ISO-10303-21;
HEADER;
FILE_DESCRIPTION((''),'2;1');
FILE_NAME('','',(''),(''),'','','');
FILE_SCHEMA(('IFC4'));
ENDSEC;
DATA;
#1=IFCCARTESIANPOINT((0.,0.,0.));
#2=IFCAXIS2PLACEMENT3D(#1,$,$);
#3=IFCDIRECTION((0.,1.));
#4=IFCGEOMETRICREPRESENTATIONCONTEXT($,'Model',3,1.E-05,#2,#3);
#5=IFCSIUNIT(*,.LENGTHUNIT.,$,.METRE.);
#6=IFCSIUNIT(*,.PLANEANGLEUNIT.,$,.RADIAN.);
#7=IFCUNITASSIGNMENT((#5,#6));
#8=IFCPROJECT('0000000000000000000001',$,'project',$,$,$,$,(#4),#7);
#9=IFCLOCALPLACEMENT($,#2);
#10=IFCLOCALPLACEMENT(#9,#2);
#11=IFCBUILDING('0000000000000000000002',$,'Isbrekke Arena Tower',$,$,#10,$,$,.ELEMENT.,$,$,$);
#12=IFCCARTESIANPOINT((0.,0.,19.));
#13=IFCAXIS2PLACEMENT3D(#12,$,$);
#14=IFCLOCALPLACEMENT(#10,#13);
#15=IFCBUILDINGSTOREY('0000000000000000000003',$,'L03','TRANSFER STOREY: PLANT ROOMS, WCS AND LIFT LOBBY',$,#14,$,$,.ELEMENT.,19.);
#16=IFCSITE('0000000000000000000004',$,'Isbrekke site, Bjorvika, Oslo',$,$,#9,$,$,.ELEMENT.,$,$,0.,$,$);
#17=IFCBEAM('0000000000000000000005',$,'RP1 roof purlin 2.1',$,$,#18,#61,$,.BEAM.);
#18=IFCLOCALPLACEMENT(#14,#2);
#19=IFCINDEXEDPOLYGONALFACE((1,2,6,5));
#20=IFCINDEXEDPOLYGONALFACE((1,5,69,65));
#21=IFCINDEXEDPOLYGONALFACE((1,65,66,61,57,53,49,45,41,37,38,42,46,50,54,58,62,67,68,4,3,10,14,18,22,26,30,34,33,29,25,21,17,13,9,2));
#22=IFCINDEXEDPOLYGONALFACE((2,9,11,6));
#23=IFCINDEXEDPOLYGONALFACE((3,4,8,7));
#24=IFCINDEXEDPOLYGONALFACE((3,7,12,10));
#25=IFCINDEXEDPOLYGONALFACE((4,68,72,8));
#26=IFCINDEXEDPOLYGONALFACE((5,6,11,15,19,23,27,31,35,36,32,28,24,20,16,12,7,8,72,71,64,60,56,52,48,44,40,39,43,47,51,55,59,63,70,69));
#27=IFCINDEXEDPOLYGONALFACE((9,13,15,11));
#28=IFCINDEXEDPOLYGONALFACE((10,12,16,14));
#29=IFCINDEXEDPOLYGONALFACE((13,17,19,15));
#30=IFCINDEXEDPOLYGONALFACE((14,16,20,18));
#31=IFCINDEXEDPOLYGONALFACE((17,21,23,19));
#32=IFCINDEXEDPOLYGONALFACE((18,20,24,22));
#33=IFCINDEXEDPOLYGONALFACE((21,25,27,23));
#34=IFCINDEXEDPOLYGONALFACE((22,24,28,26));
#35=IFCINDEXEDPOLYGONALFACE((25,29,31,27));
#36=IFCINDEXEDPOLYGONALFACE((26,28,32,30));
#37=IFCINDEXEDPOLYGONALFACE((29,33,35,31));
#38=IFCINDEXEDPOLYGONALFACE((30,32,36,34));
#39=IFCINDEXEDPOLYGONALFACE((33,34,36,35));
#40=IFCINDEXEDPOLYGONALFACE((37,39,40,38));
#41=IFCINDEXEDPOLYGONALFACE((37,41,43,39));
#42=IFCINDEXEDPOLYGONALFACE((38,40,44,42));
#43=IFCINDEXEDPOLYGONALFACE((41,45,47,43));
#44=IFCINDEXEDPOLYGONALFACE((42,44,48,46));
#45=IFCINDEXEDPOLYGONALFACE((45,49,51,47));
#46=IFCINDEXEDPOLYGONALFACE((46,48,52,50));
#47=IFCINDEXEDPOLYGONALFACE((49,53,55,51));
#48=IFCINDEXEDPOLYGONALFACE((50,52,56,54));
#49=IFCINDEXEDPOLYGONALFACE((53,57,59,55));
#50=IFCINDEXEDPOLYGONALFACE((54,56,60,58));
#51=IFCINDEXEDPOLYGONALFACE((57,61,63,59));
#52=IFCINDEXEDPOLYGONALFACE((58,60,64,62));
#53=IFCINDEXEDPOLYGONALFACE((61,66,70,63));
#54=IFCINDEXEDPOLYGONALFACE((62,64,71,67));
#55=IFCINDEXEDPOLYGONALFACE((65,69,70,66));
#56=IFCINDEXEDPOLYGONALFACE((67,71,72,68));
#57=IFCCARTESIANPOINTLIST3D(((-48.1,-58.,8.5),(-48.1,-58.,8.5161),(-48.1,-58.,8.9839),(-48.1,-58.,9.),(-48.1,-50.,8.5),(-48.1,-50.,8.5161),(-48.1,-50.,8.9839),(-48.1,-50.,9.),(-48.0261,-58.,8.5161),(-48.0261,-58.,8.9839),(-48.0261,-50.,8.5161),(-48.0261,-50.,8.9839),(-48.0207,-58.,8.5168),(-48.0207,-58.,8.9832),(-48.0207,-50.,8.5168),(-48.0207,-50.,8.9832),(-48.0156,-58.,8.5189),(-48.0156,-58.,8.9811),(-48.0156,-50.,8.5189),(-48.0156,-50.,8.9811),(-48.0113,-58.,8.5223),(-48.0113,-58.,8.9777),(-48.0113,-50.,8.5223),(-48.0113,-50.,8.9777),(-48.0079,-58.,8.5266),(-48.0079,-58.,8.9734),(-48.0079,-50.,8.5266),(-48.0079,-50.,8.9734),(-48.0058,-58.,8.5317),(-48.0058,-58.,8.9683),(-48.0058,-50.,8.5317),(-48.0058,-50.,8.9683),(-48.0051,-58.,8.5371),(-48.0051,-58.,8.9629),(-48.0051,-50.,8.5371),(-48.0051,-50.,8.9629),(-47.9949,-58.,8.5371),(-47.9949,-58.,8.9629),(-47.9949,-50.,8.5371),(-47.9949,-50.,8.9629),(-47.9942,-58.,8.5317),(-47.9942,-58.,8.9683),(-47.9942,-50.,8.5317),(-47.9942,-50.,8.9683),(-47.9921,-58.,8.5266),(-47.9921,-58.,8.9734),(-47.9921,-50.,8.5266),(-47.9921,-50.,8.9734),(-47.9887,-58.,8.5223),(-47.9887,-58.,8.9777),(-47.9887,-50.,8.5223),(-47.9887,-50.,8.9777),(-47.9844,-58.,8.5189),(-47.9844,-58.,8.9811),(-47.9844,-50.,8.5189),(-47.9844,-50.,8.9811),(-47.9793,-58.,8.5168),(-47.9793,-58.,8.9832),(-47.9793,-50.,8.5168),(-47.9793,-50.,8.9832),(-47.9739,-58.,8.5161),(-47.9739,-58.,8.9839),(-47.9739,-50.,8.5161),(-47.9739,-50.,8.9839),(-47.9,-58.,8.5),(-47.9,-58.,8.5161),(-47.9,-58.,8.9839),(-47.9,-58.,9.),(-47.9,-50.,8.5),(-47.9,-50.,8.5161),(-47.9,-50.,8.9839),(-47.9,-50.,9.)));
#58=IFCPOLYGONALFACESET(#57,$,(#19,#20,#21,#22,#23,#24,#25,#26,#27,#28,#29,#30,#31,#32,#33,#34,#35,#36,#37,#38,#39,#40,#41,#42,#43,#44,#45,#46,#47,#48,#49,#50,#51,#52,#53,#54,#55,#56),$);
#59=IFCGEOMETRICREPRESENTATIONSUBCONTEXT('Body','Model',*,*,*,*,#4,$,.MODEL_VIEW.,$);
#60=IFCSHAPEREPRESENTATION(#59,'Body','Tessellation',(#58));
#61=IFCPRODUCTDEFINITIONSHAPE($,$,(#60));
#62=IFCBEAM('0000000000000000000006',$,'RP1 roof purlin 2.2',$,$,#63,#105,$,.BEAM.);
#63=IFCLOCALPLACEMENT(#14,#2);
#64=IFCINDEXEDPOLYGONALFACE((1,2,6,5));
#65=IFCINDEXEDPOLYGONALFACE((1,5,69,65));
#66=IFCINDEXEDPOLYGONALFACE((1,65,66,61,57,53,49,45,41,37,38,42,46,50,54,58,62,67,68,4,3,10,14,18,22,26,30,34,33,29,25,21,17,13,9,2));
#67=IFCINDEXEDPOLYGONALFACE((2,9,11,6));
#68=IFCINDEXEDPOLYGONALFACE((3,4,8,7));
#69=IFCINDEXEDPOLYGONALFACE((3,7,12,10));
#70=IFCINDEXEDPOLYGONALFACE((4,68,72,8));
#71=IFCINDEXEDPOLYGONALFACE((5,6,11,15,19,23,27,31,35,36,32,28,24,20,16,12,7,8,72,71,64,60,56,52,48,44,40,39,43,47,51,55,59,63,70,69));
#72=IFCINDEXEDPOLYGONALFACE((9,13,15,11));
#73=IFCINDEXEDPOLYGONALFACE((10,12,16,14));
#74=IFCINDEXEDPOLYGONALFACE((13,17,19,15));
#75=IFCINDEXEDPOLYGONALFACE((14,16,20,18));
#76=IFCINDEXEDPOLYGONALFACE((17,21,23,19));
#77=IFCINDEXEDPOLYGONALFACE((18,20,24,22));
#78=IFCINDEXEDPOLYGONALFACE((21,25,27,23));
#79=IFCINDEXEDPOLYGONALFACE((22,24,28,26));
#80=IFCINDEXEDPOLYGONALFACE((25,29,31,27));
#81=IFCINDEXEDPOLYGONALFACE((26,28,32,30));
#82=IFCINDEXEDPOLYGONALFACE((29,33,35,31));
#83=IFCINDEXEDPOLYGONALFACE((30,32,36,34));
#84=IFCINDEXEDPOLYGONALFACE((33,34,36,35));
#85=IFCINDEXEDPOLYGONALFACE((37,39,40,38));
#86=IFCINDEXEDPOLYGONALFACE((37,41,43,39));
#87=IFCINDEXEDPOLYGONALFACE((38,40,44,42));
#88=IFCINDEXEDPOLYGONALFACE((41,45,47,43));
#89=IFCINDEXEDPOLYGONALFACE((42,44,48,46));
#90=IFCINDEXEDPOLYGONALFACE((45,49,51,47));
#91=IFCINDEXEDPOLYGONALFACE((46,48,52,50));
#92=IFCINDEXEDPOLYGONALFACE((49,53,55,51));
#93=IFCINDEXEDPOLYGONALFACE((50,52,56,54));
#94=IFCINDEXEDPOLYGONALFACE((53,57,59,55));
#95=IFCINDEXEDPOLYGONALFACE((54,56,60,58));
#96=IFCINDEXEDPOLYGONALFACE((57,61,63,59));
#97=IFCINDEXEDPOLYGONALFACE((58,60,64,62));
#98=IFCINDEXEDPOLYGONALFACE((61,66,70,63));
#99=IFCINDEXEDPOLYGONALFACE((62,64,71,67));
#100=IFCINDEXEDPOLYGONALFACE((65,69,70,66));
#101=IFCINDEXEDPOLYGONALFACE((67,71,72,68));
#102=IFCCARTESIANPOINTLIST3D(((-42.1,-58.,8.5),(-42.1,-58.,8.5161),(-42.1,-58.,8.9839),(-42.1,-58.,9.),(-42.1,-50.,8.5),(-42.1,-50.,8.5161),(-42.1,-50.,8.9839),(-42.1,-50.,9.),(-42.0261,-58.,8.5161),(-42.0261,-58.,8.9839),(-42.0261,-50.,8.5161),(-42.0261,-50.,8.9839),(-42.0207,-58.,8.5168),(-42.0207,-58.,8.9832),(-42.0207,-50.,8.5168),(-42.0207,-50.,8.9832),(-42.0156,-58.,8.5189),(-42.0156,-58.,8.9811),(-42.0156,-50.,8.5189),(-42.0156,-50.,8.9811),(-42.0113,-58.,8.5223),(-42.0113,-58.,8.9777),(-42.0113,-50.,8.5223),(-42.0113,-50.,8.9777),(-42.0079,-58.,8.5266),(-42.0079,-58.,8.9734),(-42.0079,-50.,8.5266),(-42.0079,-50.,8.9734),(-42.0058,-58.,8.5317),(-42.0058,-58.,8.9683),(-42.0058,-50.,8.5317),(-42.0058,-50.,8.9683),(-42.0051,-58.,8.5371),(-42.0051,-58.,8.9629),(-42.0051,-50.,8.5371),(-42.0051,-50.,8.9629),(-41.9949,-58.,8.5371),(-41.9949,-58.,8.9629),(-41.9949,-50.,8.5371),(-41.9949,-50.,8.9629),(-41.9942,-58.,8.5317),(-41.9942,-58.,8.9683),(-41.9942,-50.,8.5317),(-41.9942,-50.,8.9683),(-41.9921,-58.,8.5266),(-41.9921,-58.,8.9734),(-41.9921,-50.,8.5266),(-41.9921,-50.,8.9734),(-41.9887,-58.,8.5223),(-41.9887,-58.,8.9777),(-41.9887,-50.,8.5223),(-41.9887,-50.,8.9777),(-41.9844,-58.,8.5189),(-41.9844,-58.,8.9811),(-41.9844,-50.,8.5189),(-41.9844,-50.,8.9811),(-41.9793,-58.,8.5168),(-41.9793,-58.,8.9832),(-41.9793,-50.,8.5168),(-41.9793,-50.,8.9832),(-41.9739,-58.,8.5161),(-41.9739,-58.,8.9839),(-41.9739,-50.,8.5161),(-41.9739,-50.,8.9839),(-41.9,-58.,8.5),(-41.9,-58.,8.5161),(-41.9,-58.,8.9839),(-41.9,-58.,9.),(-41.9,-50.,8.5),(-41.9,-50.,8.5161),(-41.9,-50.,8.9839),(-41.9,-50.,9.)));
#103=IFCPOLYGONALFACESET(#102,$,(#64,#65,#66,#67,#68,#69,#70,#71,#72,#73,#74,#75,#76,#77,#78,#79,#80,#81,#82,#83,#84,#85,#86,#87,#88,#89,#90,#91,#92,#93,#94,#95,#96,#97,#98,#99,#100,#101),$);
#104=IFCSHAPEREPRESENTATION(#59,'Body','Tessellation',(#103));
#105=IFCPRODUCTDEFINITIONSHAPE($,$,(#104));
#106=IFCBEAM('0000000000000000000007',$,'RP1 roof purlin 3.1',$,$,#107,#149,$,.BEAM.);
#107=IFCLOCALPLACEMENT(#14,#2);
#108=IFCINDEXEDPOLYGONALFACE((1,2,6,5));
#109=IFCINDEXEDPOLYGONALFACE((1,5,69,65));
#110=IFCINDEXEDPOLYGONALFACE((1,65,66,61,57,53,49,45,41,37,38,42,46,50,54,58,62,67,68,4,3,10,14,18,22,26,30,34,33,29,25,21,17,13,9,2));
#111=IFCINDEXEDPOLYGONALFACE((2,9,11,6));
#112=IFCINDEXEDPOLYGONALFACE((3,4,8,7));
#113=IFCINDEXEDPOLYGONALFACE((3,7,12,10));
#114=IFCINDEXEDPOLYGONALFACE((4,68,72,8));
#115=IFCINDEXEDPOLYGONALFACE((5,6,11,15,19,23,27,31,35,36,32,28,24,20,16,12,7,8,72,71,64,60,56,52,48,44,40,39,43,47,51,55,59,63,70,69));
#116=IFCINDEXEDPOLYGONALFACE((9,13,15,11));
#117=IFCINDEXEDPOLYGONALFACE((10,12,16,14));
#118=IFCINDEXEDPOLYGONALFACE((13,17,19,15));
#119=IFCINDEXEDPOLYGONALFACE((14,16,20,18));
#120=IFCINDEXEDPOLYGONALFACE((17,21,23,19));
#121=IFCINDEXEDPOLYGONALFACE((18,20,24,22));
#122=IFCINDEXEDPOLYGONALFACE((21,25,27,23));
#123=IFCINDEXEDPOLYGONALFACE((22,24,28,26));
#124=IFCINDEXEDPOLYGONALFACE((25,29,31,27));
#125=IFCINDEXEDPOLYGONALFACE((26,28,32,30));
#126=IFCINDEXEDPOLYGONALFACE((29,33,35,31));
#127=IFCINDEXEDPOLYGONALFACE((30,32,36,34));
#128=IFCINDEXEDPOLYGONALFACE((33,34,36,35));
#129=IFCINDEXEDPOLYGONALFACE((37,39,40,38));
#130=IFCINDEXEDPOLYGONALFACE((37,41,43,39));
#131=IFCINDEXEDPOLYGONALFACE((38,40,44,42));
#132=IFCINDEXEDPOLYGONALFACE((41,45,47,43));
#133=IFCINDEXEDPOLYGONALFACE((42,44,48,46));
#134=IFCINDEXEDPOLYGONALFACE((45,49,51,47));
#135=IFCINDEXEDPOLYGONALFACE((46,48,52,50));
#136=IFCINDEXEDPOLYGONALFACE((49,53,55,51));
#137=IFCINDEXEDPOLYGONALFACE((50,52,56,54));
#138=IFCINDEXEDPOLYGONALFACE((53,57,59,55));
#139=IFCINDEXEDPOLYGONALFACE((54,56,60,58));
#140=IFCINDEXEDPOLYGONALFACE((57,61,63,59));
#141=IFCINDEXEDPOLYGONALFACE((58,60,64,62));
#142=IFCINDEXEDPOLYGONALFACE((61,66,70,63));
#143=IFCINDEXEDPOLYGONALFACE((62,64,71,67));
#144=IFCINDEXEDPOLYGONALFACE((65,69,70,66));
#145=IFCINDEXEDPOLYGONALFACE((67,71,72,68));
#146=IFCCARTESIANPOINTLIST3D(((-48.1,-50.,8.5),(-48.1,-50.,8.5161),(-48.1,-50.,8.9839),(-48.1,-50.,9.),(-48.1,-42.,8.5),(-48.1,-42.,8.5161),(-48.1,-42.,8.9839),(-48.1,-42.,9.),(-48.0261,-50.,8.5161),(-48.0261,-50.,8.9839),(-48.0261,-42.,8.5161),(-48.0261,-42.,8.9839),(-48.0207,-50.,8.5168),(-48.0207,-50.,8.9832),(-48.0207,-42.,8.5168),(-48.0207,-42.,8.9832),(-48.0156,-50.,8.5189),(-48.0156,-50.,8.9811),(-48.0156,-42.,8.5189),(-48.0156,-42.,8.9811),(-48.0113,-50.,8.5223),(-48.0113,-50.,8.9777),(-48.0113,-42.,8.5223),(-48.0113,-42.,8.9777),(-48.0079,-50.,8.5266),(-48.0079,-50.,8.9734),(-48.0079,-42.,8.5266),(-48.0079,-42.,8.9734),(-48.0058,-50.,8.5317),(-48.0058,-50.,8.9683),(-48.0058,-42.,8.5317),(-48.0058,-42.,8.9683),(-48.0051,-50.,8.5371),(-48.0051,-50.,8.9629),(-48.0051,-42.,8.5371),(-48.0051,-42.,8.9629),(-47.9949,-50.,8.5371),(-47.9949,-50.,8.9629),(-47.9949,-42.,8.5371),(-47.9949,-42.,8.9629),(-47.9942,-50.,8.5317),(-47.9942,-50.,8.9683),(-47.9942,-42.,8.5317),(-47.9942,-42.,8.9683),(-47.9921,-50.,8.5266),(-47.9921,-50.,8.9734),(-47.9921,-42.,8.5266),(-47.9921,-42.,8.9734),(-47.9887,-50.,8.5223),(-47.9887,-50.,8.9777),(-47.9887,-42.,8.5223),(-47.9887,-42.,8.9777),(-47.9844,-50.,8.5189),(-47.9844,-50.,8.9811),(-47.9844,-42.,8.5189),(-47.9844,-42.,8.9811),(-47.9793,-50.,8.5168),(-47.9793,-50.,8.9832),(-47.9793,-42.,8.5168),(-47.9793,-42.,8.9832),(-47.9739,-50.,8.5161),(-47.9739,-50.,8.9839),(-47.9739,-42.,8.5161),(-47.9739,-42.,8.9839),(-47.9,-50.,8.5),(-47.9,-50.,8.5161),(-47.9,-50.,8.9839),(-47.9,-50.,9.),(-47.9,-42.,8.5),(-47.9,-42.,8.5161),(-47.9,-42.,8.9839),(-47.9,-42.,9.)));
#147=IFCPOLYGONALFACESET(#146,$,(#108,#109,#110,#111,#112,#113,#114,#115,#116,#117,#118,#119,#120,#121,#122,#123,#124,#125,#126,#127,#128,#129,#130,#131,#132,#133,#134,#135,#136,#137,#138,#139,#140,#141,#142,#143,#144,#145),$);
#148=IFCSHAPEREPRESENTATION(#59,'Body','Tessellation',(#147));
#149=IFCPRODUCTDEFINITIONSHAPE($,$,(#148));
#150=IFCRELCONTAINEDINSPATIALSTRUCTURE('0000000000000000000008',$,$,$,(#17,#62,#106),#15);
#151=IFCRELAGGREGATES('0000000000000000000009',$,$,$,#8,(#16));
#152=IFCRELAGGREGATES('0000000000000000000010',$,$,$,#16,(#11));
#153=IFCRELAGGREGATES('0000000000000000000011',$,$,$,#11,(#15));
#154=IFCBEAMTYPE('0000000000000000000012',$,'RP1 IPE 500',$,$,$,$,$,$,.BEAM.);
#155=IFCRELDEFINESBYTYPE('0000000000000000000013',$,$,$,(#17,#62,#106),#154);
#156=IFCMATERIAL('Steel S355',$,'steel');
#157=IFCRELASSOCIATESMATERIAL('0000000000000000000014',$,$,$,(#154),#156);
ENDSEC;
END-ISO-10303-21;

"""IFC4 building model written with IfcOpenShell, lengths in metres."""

from ifc_helpers import new_model, si_unit, direction, frame, origin, origin_2d, place, context, subcontext, project, spatial, i_section, extrude, material, material_profile, profile_set, type_object, element, save


model = new_model("IFC4")

# Units and contexts
model_context = context("Model", 3, precision=1e-05, world=origin(), true_north=direction((0.0, 1.0)))
body_context = subcontext(model_context, "Body", "Model", "MODEL_VIEW")
ifc_project = project(units=[si_unit("LENGTHUNIT", "METRE"), si_unit("PLANEANGLEUNIT", "RADIAN")], contexts=[model_context])

# Site, building, storey
site_placement = place(None, origin())
site = spatial("IfcSite", under=ifc_project, at=site_placement, Name="Isbrekke site, Bjorvika, Oslo", CompositionType="ELEMENT", RefElevation=0.0)
building_placement = place(site_placement, origin())
building = spatial("IfcBuilding", under=site, at=building_placement, Name="Isbrekke Arena Tower", CompositionType="ELEMENT")
storey_placement = place(building_placement, frame((0.0, 0.0, 19.0)))
storey = spatial("IfcBuildingStorey", under=building, at=storey_placement, Name="L03", Description="TRANSFER STOREY: PLANT ROOMS, WCS AND LIFT LOBBY", CompositionType="ELEMENT", Elevation=19.0)

# Beams
ifc_material_1 = material(Name="Steel S355", Category="steel")
ifc_material_profile_1 = material_profile(ifc_material_1, i_section(OverallWidth=0.2, OverallDepth=0.5, WebThickness=0.0103, FlangeThickness=0.0161, FilletRadius=0.021, at=origin_2d()), Name="IPE 500")
ifc_profile_set_1 = profile_set([ifc_material_profile_1], Name="Steel S355")
beam_type = type_object("IfcBeamType", Name="RP1 IPE 500", PredefinedType="BEAM", material=ifc_profile_set_1)
for number, where, z_axis, x_axis, name in (
    (1, (-48.0, -58.0, 8.75), (0.0, 1.0, 0.0), (-1.0, 0.0, 0.0), "RP1 roof purlin 2.1"),
    (2, (-42.0, -58.0, 8.75), (0.0, 1.0, 0.0), (-1.0, 0.0, 0.0), "RP1 roof purlin 2.2"),
    (3, (-48.0, -50.0, 8.75), (0.0, 1.0, 0.0), (-1.0, 0.0, 0.0), "RP1 roof purlin 3.1"),
):
    element("IfcBeam", number, at=place(storey_placement, frame(where, z_axis=z_axis, x_axis=x_axis)), inside=storey, type_object=beam_type, Name=name, PredefinedType="BEAM", context=body_context, shape_type="SweptSolid", body=[
        extrude(i_section(OverallWidth=0.2, OverallDepth=0.5, WebThickness=0.0103, FlangeThickness=0.0161, FilletRadius=0.021, at=origin_2d()), origin(), (0.0, 0.0, 1.0), 8.0),
    ])

save(model, "model.ifc")
